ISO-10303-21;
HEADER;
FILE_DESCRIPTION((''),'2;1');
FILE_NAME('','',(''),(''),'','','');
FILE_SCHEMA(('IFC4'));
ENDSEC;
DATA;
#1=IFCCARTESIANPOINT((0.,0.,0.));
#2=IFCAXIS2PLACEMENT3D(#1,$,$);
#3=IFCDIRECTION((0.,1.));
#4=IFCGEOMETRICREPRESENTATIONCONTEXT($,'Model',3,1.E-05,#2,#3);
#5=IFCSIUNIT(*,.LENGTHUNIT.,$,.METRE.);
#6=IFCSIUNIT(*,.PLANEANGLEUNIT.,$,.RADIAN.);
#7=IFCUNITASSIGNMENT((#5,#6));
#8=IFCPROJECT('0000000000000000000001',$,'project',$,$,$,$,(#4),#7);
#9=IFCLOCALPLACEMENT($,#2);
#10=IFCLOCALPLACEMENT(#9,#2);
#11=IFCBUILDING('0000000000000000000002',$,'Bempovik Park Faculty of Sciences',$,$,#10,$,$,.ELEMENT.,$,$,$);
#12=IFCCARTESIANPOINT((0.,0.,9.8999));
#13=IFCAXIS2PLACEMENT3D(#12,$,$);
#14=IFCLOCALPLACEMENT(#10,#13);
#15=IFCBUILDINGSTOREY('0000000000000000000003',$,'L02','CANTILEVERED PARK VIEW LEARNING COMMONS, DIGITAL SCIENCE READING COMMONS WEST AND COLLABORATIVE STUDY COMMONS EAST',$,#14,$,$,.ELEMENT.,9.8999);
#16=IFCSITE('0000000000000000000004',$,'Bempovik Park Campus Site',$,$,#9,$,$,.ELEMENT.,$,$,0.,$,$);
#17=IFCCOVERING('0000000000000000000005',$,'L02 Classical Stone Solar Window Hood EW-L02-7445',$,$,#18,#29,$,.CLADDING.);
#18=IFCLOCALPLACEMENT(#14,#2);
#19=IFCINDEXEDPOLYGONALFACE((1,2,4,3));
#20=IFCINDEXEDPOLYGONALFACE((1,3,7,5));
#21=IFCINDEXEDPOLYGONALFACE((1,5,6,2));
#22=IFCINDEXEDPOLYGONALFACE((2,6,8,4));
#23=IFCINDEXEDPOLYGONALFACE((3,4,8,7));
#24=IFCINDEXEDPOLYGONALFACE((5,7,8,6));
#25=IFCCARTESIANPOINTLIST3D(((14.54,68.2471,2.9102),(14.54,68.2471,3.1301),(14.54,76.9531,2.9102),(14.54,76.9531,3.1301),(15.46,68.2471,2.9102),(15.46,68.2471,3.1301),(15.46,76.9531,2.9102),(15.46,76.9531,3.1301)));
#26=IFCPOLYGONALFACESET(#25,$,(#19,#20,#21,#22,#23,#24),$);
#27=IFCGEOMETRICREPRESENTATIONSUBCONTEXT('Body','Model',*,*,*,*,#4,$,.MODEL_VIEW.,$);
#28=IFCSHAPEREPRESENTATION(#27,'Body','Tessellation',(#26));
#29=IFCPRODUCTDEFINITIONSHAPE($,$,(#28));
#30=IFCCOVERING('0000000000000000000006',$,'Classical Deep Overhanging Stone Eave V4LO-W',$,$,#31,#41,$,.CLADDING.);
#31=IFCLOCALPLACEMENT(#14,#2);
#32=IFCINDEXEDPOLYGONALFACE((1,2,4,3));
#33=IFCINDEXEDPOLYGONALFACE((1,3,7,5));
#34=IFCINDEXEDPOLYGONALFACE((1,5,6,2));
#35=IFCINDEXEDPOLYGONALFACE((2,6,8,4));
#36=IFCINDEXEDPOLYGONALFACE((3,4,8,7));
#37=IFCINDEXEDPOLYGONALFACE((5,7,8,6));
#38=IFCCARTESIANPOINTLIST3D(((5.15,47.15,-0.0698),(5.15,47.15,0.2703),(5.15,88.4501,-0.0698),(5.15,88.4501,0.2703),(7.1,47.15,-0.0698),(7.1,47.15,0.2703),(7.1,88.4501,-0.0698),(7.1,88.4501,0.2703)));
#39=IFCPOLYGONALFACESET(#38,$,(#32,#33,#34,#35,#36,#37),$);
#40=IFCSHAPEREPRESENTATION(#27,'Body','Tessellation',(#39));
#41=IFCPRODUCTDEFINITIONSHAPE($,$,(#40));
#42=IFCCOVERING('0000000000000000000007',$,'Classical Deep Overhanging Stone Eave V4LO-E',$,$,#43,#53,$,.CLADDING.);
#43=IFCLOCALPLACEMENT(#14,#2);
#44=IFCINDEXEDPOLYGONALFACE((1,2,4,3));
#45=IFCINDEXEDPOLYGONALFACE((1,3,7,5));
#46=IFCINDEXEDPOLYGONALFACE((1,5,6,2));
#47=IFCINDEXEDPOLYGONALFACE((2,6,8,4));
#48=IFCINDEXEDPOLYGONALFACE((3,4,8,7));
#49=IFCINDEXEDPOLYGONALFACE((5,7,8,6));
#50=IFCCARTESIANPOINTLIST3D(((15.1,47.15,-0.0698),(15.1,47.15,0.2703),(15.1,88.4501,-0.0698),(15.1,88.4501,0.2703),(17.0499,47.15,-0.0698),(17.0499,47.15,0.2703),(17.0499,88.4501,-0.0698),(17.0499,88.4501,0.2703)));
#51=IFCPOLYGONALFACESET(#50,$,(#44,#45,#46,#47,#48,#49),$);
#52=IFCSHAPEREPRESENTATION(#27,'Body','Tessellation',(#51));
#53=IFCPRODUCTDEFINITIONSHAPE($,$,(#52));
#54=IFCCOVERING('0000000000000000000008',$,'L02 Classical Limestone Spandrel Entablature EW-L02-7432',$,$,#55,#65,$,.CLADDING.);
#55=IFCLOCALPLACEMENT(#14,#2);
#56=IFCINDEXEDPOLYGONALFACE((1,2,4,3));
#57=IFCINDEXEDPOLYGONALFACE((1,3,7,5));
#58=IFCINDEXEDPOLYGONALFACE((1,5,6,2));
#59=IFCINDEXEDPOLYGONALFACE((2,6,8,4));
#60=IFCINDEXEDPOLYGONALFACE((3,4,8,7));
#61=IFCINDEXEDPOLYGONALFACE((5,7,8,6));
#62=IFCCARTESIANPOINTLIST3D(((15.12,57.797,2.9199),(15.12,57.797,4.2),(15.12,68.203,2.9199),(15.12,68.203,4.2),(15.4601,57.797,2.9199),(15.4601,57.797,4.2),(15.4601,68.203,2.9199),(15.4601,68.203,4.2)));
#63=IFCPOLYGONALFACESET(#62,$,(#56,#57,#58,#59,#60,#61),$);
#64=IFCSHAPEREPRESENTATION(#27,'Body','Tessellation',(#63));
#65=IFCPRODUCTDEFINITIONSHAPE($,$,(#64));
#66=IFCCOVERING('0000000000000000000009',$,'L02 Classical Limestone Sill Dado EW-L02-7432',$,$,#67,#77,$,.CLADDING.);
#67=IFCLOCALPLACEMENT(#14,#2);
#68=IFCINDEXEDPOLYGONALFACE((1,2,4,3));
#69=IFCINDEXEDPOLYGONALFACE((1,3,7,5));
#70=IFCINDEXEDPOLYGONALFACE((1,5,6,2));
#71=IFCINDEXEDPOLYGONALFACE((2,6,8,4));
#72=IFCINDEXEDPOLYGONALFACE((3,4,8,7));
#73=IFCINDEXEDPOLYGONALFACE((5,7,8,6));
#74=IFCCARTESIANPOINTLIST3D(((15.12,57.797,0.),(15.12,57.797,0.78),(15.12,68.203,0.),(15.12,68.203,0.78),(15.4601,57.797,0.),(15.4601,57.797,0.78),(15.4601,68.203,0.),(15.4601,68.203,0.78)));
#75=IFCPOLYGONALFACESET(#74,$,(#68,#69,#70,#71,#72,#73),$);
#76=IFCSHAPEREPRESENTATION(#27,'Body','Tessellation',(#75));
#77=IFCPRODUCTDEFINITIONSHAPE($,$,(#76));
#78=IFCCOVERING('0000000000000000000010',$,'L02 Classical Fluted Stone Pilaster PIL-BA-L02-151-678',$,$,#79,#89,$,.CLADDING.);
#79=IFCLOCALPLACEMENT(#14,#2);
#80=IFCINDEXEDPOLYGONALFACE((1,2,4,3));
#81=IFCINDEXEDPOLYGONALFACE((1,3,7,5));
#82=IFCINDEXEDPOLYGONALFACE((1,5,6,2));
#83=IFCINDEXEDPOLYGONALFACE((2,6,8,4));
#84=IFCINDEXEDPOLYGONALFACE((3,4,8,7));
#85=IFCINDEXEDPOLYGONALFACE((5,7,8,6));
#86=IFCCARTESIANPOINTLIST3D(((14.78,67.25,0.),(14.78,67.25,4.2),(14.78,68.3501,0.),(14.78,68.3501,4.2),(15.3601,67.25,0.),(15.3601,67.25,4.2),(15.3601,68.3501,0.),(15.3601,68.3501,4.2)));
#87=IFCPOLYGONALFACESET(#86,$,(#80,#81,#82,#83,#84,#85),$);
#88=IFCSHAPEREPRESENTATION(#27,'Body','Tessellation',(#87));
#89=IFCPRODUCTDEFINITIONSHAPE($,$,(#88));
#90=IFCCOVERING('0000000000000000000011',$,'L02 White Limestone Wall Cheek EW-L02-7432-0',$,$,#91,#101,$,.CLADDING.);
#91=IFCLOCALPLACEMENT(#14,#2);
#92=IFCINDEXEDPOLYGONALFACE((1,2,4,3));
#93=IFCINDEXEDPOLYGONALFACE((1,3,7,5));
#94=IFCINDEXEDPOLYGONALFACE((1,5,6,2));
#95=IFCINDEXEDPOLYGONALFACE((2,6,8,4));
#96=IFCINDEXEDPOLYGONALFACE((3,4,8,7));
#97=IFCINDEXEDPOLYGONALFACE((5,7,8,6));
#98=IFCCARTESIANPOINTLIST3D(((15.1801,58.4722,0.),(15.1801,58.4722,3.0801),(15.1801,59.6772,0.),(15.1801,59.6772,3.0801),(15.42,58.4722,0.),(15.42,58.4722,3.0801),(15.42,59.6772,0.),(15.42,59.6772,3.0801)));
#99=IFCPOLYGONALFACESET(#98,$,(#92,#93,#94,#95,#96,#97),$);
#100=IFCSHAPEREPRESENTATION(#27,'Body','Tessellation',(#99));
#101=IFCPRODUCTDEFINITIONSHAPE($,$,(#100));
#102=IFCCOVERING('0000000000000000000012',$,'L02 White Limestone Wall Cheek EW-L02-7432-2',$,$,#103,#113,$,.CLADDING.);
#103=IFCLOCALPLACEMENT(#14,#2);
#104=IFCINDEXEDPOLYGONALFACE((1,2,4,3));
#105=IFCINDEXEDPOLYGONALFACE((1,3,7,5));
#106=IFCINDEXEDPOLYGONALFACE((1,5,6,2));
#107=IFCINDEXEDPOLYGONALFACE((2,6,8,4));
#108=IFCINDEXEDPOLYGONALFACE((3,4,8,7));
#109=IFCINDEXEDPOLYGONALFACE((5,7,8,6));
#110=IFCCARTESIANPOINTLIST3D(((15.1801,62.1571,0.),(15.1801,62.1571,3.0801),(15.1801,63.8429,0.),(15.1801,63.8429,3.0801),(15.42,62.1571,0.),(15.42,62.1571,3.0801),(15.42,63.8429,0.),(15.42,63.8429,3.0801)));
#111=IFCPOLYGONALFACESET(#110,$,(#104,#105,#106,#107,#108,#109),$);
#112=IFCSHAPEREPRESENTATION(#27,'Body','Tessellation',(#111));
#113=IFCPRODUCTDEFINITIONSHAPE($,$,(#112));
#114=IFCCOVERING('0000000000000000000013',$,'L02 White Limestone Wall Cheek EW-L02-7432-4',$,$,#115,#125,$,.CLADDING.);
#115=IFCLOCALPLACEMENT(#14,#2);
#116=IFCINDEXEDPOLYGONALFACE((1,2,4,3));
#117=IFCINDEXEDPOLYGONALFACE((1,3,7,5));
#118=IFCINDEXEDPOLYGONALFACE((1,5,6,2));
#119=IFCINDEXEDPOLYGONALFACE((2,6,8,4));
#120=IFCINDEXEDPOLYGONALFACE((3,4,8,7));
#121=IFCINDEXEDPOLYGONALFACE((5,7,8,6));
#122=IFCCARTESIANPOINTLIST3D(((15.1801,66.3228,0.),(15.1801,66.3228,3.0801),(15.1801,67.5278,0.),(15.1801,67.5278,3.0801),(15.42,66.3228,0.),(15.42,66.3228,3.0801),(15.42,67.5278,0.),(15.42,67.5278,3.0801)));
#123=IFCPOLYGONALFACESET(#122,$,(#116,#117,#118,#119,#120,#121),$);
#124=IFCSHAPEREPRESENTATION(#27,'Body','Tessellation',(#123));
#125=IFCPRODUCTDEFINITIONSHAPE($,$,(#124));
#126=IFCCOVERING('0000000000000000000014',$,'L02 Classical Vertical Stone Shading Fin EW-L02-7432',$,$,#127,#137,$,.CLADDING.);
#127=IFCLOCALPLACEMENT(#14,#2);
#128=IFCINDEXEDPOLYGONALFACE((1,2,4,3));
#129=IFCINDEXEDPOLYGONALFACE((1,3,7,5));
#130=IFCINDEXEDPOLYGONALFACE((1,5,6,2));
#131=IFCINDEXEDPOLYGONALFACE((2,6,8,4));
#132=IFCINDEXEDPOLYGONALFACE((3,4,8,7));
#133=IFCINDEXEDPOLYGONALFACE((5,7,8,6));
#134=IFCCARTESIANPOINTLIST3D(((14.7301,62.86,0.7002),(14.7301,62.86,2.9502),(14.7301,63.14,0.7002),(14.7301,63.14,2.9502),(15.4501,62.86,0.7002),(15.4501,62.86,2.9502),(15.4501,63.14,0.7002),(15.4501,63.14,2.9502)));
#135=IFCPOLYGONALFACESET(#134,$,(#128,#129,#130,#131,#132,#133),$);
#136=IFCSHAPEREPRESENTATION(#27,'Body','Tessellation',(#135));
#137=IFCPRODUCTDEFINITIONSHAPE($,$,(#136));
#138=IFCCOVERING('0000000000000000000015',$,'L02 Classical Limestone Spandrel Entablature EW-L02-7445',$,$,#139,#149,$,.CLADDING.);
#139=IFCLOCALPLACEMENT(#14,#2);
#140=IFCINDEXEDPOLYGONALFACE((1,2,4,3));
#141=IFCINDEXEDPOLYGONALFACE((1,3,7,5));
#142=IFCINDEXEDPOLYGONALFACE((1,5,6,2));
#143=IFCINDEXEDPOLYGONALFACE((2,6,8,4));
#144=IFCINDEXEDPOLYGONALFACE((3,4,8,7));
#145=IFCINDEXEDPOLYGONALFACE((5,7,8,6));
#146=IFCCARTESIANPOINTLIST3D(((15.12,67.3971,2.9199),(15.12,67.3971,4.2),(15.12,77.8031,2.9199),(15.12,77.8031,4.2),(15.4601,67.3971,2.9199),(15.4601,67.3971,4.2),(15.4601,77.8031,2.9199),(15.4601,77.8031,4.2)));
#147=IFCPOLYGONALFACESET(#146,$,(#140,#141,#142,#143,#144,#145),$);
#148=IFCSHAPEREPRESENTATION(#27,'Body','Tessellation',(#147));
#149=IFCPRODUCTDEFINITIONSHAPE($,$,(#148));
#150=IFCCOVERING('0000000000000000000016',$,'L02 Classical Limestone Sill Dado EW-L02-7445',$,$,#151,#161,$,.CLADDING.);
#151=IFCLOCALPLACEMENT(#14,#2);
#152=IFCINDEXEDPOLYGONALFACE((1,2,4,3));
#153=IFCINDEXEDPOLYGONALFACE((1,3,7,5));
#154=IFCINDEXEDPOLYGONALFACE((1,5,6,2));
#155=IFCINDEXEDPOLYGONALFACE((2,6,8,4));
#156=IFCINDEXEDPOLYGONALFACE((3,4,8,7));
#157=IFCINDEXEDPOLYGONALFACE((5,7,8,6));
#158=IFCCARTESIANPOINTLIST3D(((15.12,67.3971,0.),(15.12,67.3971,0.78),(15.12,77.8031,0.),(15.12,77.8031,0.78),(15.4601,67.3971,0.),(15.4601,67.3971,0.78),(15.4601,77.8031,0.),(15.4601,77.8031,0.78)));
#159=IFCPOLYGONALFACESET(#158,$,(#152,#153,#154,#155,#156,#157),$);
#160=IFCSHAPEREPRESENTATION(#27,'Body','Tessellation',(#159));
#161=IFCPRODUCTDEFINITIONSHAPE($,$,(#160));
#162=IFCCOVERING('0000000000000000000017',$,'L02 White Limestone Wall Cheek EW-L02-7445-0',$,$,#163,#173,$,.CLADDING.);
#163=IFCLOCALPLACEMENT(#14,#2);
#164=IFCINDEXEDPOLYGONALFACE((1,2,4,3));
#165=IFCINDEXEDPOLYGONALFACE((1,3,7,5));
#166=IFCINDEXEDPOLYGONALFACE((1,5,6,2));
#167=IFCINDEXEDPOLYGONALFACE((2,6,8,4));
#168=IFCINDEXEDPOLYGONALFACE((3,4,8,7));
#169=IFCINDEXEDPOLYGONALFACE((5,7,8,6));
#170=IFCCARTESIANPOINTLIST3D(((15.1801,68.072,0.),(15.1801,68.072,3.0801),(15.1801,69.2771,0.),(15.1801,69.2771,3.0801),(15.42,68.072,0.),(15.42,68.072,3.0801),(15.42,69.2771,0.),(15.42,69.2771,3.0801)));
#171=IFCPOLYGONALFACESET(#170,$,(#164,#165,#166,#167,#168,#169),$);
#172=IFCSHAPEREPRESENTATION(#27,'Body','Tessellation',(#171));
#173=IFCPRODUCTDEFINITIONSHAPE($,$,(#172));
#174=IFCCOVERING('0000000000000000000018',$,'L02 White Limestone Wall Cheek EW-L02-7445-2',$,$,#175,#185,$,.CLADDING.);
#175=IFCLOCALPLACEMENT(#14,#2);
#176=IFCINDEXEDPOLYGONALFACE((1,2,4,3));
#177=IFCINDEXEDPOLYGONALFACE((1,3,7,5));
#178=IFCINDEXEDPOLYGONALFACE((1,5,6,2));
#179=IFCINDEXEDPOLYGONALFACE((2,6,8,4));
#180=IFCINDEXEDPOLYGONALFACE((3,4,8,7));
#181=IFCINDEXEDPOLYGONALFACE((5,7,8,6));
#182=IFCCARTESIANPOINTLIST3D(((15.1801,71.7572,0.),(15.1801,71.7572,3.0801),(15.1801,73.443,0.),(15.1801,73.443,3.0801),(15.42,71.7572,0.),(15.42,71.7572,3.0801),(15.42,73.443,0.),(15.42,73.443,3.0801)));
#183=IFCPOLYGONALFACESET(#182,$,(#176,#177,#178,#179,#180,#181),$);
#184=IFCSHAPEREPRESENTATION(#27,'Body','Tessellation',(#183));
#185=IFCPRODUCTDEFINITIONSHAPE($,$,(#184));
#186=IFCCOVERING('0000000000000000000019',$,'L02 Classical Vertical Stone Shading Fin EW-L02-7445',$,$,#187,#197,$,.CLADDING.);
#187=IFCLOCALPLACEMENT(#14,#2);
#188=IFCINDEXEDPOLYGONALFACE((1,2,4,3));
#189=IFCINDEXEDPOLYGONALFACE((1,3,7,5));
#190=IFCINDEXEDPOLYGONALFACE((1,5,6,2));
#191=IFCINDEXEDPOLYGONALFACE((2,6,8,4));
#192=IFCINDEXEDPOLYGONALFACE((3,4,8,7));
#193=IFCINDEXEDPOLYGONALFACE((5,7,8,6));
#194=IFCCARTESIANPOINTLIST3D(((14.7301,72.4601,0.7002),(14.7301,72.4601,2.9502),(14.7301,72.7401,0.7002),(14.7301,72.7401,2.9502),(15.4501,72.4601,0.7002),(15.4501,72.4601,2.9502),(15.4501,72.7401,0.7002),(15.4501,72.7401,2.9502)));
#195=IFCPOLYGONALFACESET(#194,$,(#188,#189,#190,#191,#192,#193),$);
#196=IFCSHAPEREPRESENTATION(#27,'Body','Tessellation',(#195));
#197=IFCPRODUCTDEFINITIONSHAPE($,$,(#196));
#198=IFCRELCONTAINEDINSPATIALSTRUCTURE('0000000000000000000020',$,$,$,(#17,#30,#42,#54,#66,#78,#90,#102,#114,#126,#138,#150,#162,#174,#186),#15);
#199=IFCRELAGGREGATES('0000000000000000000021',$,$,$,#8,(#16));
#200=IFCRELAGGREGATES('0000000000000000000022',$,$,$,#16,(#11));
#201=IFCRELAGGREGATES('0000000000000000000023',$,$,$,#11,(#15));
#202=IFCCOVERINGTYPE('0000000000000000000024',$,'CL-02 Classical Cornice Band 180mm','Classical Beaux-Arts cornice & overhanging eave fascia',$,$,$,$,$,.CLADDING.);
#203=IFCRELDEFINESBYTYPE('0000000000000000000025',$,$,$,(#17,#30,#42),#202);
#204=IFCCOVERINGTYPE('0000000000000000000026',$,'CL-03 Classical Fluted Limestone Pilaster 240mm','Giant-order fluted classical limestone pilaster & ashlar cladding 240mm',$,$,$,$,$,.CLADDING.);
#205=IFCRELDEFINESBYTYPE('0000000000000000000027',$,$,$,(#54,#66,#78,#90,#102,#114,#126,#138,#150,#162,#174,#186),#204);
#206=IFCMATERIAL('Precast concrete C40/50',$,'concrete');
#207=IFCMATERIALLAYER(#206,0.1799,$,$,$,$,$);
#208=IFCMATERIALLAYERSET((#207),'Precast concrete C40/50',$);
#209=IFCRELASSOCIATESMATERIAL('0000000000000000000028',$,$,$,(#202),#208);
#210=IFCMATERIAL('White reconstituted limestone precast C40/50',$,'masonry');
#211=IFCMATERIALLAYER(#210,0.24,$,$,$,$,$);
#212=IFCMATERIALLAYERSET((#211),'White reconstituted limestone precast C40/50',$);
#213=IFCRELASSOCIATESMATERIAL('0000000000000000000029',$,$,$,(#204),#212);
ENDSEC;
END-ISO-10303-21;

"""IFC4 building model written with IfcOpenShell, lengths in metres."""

from ifc_helpers import new_model, si_unit, direction, frame, origin, origin_2d, place, context, subcontext, project, spatial, rectangle, extrude, material, layer, layer_set, type_object, element, save


model = new_model("IFC4")

# Units and contexts
model_context = context("Model", 3, precision=1e-05, world=origin(), true_north=direction((0.0, 1.0)))
body_context = subcontext(model_context, "Body", "Model", "MODEL_VIEW")
ifc_project = project(units=[si_unit("LENGTHUNIT", "METRE"), si_unit("PLANEANGLEUNIT", "RADIAN")], contexts=[model_context])

# Site, building, storey
site_placement = place(None, origin())
site = spatial("IfcSite", under=ifc_project, at=site_placement, Name="Bempovik Park Campus Site", CompositionType="ELEMENT", RefElevation=0.0)
building_placement = place(site_placement, origin())
building = spatial("IfcBuilding", under=site, at=building_placement, Name="Bempovik Park Faculty of Sciences", CompositionType="ELEMENT")
storey_placement = place(building_placement, frame((0.0, 0.0, 9.8999)))
storey = spatial("IfcBuildingStorey", under=building, at=storey_placement, Name="L02", Description="CANTILEVERED PARK VIEW LEARNING COMMONS, DIGITAL SCIENCE READING COMMONS WEST AND COLLABORATIVE STUDY COMMONS EAST", CompositionType="ELEMENT", Elevation=9.8999)

# Shared definitions
ifc_material_1 = material(Name="Precast concrete C40/50", Category="concrete")

# Coverings
ifc_layer_1 = layer(ifc_material_1, 0.1799)
ifc_layer_set_1 = layer_set([ifc_layer_1], Name="Precast concrete C40/50")
covering_type_1 = type_object("IfcCoveringType", Name="CL-02 Classical Cornice Band 180mm", Description="Classical Beaux-Arts cornice & overhanging eave fascia", PredefinedType="CLADDING", material=ifc_layer_set_1)
covering_1_placement = place(storey_placement, frame((15.0, 72.6001, 2.9102), z_axis=(0.0, 0.0, 1.0), x_axis=(1.0, 0.0, 0.0)))
element("IfcCovering", 1, at=covering_1_placement, inside=storey, type_object=covering_type_1, Name="L02 Classical Stone Solar Window Hood EW-L02-7445", PredefinedType="CLADDING", context=body_context, shape_type="SweptSolid", body=[
    extrude(rectangle(XDim=0.9199, YDim=8.7061, at=origin_2d()), origin(), (0.0, 0.0, 1.0), 0.22),
])
for number, where, z_axis, x_axis, name in (
    (2, (6.125, 67.8, -0.0698), (0.0, 0.0, 1.0), (1.0, 0.0, 0.0), "Classical Deep Overhanging Stone Eave V4LO-W"),
    (3, (16.075, 67.8, -0.0698), (0.0, 0.0, 1.0), (1.0, 0.0, 0.0), "Classical Deep Overhanging Stone Eave V4LO-E"),
):
    element("IfcCovering", number, at=place(storey_placement, frame(where, z_axis=z_axis, x_axis=x_axis)), inside=storey, type_object=covering_type_1, Name=name, PredefinedType="CLADDING", context=body_context, shape_type="SweptSolid", body=[
        extrude(rectangle(XDim=1.95, YDim=41.3, at=origin_2d()), origin(), (0.0, 0.0, 1.0), 0.3401),
    ])
ifc_material_2 = material(Name="White reconstituted limestone precast C40/50", Category="masonry")
ifc_layer_2 = layer(ifc_material_2, 0.24)
ifc_layer_set_2 = layer_set([ifc_layer_2], Name="White reconstituted limestone precast C40/50")
covering_type_2 = type_object("IfcCoveringType", Name="CL-03 Classical Fluted Limestone Pilaster 240mm", Description="Giant-order fluted classical limestone pilaster & ashlar cladding 240mm", PredefinedType="CLADDING", material=ifc_layer_set_2)
covering_2_placement = place(storey_placement, frame((15.29, 63.0, 2.9199), z_axis=(0.0, 0.0, 1.0), x_axis=(1.0, 0.0, 0.0)))
element("IfcCovering", 4, at=covering_2_placement, inside=storey, type_object=covering_type_2, Name="L02 Classical Limestone Spandrel Entablature EW-L02-7432", PredefinedType="CLADDING", context=body_context, shape_type="SweptSolid", body=[
    extrude(rectangle(XDim=0.3401, YDim=10.406, at=origin_2d()), origin(), (0.0, 0.0, 1.0), 1.28),
])
covering_3_placement = place(storey_placement, frame((15.29, 63.0, 0.0), z_axis=(0.0, 0.0, 1.0), x_axis=(1.0, 0.0, 0.0)))
element("IfcCovering", 5, at=covering_3_placement, inside=storey, type_object=covering_type_2, Name="L02 Classical Limestone Sill Dado EW-L02-7432", PredefinedType="CLADDING", context=body_context, shape_type="SweptSolid", body=[
    extrude(rectangle(XDim=0.3401, YDim=10.406, at=origin_2d()), origin(), (0.0, 0.0, 1.0), 0.78),
])
covering_4_placement = place(storey_placement, frame((15.0701, 67.8, 0.0), z_axis=(0.0, 0.0, 1.0), x_axis=(1.0, 0.0, 0.0)))
element("IfcCovering", 6, at=covering_4_placement, inside=storey, type_object=covering_type_2, Name="L02 Classical Fluted Stone Pilaster PIL-BA-L02-151-678", PredefinedType="CLADDING", context=body_context, shape_type="SweptSolid", body=[
    extrude(rectangle(XDim=0.5801, YDim=1.1001, at=origin_2d()), origin(), (0.0, 0.0, 1.0), 4.2),
])
covering_5_placement = place(storey_placement, frame((15.3, 59.0747, 0.0), z_axis=(0.0, 0.0, 1.0), x_axis=(1.0, 0.0, 0.0)))
element("IfcCovering", 7, at=covering_5_placement, inside=storey, type_object=covering_type_2, Name="L02 White Limestone Wall Cheek EW-L02-7432-0", PredefinedType="CLADDING", context=body_context, shape_type="SweptSolid", body=[
    extrude(rectangle(XDim=0.24, YDim=1.2051, at=origin_2d()), origin(), (0.0, 0.0, 1.0), 3.0801),
])
covering_6_placement = place(storey_placement, frame((15.3, 63.0, 0.0), z_axis=(0.0, 0.0, 1.0), x_axis=(1.0, 0.0, 0.0)))
element("IfcCovering", 8, at=covering_6_placement, inside=storey, type_object=covering_type_2, Name="L02 White Limestone Wall Cheek EW-L02-7432-2", PredefinedType="CLADDING", context=body_context, shape_type="SweptSolid", body=[
    extrude(rectangle(XDim=0.24, YDim=1.6858, at=origin_2d()), origin(), (0.0, 0.0, 1.0), 3.0801),
])
covering_7_placement = place(storey_placement, frame((15.3, 66.9253, 0.0), z_axis=(0.0, 0.0, 1.0), x_axis=(1.0, 0.0, 0.0)))
element("IfcCovering", 9, at=covering_7_placement, inside=storey, type_object=covering_type_2, Name="L02 White Limestone Wall Cheek EW-L02-7432-4", PredefinedType="CLADDING", context=body_context, shape_type="SweptSolid", body=[
    extrude(rectangle(XDim=0.24, YDim=1.2051, at=origin_2d()), origin(), (0.0, 0.0, 1.0), 3.0801),
])
covering_8_placement = place(storey_placement, frame((15.0901, 63.0, 0.7002), z_axis=(0.0, 0.0, 1.0), x_axis=(1.0, 0.0, 0.0)))
element("IfcCovering", 10, at=covering_8_placement, inside=storey, type_object=covering_type_2, Name="L02 Classical Vertical Stone Shading Fin EW-L02-7432", PredefinedType="CLADDING", context=body_context, shape_type="SweptSolid", body=[
    extrude(rectangle(XDim=0.72, YDim=0.28, at=origin_2d()), origin(), (0.0, 0.0, 1.0), 2.25),
])
covering_9_placement = place(storey_placement, frame((15.29, 72.6001, 2.9199), z_axis=(0.0, 0.0, 1.0), x_axis=(1.0, 0.0, 0.0)))
element("IfcCovering", 11, at=covering_9_placement, inside=storey, type_object=covering_type_2, Name="L02 Classical Limestone Spandrel Entablature EW-L02-7445", PredefinedType="CLADDING", context=body_context, shape_type="SweptSolid", body=[
    extrude(rectangle(XDim=0.3401, YDim=10.406, at=origin_2d()), origin(), (0.0, 0.0, 1.0), 1.28),
])
covering_10_placement = place(storey_placement, frame((15.29, 72.6001, 0.0), z_axis=(0.0, 0.0, 1.0), x_axis=(1.0, 0.0, 0.0)))
element("IfcCovering", 12, at=covering_10_placement, inside=storey, type_object=covering_type_2, Name="L02 Classical Limestone Sill Dado EW-L02-7445", PredefinedType="CLADDING", context=body_context, shape_type="SweptSolid", body=[
    extrude(rectangle(XDim=0.3401, YDim=10.406, at=origin_2d()), origin(), (0.0, 0.0, 1.0), 0.78),
])
covering_11_placement = place(storey_placement, frame((15.3, 68.6746, 0.0), z_axis=(0.0, 0.0, 1.0), x_axis=(1.0, 0.0, 0.0)))
element("IfcCovering", 13, at=covering_11_placement, inside=storey, type_object=covering_type_2, Name="L02 White Limestone Wall Cheek EW-L02-7445-0", PredefinedType="CLADDING", context=body_context, shape_type="SweptSolid", body=[
    extrude(rectangle(XDim=0.24, YDim=1.2051, at=origin_2d()), origin(), (0.0, 0.0, 1.0), 3.0801),
])
covering_12_placement = place(storey_placement, frame((15.3, 72.6001, 0.0), z_axis=(0.0, 0.0, 1.0), x_axis=(1.0, 0.0, 0.0)))
element("IfcCovering", 14, at=covering_12_placement, inside=storey, type_object=covering_type_2, Name="L02 White Limestone Wall Cheek EW-L02-7445-2", PredefinedType="CLADDING", context=body_context, shape_type="SweptSolid", body=[
    extrude(rectangle(XDim=0.24, YDim=1.6858, at=origin_2d()), origin(), (0.0, 0.0, 1.0), 3.0801),
])
covering_13_placement = place(storey_placement, frame((15.0901, 72.6001, 0.7002), z_axis=(0.0, 0.0, 1.0), x_axis=(1.0, 0.0, 0.0)))
element("IfcCovering", 15, at=covering_13_placement, inside=storey, type_object=covering_type_2, Name="L02 Classical Vertical Stone Shading Fin EW-L02-7445", PredefinedType="CLADDING", context=body_context, shape_type="SweptSolid", body=[
    extrude(rectangle(XDim=0.72, YDim=0.28, at=origin_2d()), origin(), (0.0, 0.0, 1.0), 2.25),
])

save(model, "model.ifc")
